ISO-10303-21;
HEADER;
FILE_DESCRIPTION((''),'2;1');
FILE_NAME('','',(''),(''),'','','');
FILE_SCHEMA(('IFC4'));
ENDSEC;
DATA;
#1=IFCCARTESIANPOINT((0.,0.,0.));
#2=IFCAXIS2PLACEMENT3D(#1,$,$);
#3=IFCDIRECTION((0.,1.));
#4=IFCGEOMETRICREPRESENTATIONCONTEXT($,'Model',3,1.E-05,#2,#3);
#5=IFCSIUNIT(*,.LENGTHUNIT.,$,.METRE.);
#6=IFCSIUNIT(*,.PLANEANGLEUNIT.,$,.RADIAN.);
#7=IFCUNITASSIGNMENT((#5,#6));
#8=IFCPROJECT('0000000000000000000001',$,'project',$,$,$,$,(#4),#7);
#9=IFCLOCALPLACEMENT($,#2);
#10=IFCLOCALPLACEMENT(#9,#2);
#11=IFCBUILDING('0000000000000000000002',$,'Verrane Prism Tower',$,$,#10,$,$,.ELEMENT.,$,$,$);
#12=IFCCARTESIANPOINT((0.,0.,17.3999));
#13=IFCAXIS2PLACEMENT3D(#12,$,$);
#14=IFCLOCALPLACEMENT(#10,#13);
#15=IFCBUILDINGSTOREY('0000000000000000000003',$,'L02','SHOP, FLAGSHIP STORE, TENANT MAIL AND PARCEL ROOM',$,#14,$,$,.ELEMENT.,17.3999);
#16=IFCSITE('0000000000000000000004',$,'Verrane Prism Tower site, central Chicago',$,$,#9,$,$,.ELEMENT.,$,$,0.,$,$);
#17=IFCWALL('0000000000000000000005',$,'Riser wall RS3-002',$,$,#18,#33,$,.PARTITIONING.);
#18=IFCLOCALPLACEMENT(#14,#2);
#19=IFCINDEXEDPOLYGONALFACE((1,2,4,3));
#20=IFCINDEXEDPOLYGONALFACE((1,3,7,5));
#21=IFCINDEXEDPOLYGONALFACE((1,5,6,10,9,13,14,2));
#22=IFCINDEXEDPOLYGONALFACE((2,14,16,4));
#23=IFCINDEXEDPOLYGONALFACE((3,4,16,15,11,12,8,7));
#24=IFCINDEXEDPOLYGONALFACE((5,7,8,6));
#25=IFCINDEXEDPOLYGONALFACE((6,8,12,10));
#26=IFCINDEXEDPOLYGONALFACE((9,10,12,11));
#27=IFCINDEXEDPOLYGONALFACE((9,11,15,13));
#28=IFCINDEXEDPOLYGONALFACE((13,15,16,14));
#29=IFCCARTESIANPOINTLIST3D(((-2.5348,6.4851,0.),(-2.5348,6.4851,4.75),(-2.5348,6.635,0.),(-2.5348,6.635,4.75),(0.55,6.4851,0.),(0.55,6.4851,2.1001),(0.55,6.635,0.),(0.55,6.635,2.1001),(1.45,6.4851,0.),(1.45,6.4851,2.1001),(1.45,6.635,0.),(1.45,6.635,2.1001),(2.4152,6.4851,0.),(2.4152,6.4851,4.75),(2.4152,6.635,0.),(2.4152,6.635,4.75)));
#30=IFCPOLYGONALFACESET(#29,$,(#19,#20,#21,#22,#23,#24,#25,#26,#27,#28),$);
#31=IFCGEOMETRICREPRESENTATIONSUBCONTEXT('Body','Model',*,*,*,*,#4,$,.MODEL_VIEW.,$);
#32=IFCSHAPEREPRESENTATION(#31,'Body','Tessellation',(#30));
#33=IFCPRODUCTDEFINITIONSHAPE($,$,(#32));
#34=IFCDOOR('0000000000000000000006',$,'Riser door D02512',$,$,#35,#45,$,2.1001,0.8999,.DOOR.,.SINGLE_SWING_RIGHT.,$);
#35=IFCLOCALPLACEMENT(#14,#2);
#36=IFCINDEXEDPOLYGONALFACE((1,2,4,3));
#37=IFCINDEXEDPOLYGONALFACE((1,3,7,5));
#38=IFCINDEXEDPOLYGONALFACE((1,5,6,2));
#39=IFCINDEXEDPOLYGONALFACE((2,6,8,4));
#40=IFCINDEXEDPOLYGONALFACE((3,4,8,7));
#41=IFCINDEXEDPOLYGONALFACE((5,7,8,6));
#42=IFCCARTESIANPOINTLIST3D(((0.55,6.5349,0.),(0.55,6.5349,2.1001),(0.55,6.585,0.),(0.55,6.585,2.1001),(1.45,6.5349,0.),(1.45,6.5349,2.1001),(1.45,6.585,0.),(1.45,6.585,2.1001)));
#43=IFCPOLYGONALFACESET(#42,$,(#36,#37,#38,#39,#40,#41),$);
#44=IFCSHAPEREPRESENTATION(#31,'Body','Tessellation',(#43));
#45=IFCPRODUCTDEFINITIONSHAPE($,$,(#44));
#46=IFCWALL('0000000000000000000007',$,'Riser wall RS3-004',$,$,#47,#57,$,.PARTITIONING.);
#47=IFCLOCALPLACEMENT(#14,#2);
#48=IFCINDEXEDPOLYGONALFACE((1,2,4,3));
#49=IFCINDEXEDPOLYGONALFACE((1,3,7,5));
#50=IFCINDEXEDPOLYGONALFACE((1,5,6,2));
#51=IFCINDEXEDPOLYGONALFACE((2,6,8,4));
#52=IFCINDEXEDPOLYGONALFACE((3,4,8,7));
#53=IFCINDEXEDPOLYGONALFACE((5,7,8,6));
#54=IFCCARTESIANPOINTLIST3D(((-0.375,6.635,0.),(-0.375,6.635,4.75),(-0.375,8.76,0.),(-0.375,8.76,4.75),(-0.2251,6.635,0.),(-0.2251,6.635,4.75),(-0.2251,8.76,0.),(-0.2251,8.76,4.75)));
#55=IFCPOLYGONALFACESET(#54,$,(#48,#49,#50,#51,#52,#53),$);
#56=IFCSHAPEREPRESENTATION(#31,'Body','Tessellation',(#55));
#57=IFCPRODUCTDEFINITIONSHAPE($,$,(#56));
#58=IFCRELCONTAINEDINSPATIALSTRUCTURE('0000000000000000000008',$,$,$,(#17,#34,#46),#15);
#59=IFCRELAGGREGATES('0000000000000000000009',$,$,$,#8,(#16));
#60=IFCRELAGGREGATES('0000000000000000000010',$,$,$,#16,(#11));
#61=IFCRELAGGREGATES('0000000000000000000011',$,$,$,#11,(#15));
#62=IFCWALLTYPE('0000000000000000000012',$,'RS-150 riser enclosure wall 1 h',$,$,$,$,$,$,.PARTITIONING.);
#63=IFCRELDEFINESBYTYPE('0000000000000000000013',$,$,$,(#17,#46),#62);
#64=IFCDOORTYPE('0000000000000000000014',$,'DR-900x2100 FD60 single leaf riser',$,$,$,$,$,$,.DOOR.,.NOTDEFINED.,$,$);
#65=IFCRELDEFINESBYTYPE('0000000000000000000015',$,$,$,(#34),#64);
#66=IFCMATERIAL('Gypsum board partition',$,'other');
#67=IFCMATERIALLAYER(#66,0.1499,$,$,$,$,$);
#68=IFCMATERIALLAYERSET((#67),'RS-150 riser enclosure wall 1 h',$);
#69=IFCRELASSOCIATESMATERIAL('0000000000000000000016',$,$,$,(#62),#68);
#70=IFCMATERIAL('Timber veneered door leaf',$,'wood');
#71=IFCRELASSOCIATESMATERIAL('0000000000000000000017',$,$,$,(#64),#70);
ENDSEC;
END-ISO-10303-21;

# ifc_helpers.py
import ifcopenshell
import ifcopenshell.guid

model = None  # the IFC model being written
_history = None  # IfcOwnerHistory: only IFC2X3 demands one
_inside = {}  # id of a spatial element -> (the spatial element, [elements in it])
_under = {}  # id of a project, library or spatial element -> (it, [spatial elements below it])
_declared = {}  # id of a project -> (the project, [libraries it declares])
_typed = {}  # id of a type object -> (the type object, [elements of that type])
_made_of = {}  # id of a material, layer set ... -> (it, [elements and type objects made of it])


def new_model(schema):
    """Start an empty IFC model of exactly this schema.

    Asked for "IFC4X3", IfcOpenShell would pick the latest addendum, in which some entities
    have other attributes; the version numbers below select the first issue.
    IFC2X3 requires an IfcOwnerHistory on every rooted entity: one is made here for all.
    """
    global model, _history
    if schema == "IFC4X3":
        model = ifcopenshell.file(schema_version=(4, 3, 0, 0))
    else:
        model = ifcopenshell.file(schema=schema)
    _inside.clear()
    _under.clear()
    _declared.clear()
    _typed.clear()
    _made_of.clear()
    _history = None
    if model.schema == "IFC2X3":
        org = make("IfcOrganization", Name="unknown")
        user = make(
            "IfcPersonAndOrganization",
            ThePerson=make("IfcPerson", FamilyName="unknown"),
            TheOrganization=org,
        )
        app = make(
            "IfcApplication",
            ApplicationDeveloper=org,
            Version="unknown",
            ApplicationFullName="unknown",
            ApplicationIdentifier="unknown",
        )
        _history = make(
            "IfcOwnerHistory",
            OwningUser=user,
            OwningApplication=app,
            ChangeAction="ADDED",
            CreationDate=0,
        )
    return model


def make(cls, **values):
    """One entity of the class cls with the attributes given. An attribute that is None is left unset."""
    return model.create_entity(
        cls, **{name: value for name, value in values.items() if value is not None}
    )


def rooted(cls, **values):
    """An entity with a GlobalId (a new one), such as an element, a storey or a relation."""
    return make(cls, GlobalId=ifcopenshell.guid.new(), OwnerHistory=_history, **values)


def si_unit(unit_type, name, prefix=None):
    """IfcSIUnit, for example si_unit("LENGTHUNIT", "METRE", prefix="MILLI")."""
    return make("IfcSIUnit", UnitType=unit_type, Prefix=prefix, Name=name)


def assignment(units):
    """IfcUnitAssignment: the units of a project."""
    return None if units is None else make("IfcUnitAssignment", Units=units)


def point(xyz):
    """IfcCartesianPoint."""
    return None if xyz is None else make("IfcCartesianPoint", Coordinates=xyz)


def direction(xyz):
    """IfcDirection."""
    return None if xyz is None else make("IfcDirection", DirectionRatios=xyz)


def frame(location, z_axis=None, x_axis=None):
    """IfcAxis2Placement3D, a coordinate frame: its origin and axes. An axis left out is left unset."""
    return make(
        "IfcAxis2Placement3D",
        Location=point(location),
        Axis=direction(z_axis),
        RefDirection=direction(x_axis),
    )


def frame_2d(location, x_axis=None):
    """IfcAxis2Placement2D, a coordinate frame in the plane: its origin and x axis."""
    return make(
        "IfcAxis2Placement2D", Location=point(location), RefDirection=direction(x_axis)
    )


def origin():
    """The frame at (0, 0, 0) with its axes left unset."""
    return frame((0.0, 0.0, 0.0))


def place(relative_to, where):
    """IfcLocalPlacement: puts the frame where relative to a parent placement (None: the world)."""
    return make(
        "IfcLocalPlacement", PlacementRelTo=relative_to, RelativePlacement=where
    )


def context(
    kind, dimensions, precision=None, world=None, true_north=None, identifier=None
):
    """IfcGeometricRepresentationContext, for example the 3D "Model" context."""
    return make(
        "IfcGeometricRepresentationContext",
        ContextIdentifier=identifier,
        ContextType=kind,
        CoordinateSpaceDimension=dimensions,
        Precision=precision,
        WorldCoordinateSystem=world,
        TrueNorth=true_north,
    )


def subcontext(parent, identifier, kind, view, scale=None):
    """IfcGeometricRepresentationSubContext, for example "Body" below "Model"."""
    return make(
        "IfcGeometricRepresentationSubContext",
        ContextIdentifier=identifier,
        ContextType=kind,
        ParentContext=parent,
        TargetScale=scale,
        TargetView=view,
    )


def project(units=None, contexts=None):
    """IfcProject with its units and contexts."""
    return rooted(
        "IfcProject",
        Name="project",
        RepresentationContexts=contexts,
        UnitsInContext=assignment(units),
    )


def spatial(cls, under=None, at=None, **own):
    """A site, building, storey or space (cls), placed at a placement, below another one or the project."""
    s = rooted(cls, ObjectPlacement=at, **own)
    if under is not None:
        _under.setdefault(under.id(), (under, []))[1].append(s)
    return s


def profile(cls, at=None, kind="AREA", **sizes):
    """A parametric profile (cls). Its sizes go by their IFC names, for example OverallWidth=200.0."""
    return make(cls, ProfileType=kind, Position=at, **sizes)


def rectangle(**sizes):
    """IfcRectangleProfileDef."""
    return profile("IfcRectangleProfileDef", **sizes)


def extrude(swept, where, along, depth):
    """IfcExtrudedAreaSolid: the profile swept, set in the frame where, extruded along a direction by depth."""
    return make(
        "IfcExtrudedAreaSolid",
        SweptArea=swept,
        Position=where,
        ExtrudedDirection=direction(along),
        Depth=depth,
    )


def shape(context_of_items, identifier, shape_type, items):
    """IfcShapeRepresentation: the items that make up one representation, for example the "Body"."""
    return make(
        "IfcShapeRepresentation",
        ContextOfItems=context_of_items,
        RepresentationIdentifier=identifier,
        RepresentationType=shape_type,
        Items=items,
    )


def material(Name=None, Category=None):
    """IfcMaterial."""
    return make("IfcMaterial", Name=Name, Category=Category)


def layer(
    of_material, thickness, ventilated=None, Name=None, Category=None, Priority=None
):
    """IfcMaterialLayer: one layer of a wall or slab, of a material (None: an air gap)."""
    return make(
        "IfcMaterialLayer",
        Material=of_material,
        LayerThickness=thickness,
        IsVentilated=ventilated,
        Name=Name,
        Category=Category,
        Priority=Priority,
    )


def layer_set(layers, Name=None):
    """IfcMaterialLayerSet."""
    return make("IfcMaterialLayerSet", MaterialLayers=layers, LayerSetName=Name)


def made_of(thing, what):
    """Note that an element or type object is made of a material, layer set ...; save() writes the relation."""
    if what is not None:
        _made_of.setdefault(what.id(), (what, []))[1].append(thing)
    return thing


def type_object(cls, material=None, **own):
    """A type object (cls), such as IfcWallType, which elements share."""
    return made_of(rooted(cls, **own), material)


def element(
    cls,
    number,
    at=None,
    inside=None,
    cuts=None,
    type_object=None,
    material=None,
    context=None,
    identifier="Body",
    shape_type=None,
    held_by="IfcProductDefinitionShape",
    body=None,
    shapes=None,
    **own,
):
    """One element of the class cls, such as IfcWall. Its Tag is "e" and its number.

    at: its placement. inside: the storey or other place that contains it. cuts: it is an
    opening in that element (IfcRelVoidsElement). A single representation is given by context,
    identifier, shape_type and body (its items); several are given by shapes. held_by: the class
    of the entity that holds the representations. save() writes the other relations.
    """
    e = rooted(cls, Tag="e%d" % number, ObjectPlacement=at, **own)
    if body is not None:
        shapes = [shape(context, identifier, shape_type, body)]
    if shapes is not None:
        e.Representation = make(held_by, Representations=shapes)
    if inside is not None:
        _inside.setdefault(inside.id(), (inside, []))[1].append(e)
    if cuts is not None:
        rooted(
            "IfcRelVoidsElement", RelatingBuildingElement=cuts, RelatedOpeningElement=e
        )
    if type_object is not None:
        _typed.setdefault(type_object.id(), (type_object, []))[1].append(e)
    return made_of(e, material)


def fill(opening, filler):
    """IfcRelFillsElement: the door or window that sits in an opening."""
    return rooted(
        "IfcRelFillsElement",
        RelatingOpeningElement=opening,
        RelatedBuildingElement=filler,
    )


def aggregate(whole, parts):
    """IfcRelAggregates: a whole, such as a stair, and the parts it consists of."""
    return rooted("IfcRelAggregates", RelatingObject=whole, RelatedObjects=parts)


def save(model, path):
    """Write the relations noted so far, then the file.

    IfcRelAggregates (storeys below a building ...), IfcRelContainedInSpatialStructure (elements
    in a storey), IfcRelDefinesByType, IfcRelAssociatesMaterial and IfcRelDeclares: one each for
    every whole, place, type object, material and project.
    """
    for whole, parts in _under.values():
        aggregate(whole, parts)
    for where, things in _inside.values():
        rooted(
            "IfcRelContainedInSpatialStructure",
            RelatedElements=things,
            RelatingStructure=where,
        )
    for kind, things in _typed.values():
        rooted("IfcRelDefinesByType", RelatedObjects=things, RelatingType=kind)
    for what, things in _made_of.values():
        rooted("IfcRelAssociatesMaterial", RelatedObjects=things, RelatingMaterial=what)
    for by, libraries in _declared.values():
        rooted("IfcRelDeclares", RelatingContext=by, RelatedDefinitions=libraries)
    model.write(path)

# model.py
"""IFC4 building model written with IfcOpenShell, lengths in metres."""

from ifc_helpers import new_model, si_unit, direction, frame, frame_2d, origin, place, context, subcontext, project, spatial, rectangle, extrude, material, layer, layer_set, type_object, element, fill, save


model = new_model("IFC4")

# Units and contexts
model_context = context("Model", 3, precision=1e-05, world=origin(), true_north=direction((0.0, 1.0)))
body_context = subcontext(model_context, "Body", "Model", "MODEL_VIEW")
ifc_project = project(units=[si_unit("LENGTHUNIT", "METRE"), si_unit("PLANEANGLEUNIT", "RADIAN")], contexts=[model_context])

# Site, building, storey
site_placement = place(None, origin())
site = spatial("IfcSite", under=ifc_project, at=site_placement, Name="Verrane Prism Tower site, central Chicago", CompositionType="ELEMENT", RefElevation=0.0)
building_placement = place(site_placement, origin())
building = spatial("IfcBuilding", under=site, at=building_placement, Name="Verrane Prism Tower", CompositionType="ELEMENT")
storey_placement = place(building_placement, frame((0.0, 0.0, 17.3999)))
storey = spatial("IfcBuildingStorey", under=building, at=storey_placement, Name="L02", Description="SHOP, FLAGSHIP STORE, TENANT MAIL AND PARCEL ROOM", CompositionType="ELEMENT", Elevation=17.3999)

# Wall, opening, door
ifc_material_1 = material(Name="Gypsum board partition", Category="other")
ifc_layer_1 = layer(ifc_material_1, 0.1499)
ifc_layer_set_1 = layer_set([ifc_layer_1], Name="RS-150 riser enclosure wall 1 h")
wall_type_1 = type_object("IfcWallType", Name="RS-150 riser enclosure wall 1 h", PredefinedType="PARTITIONING", material=ifc_layer_set_1)
ifc_material_2 = material(Name="Timber veneered door leaf", Category="wood")
door_type_1 = type_object("IfcDoorType", Name="DR-900x2100 FD60 single leaf riser", OperationType="NOTDEFINED", PredefinedType="DOOR", material=ifc_material_2)
wall_1_placement = place(storey_placement, frame((-2.5349, 6.5601, 0.0), z_axis=(0.0, 0.0, 1.0), x_axis=(1.0, 0.0, 0.0)))
wall_1 = element("IfcWall", 1, at=wall_1_placement, inside=storey, type_object=wall_type_1, Name="Riser wall RS3-002", PredefinedType="PARTITIONING", context=body_context, shape_type="SweptSolid", body=[
    extrude(rectangle(XDim=4.95, YDim=0.1499, at=frame_2d((2.4751, 0.0))), origin(), (0.0, 0.0, 1.0), 4.75),
])
opening_1_placement = place(wall_1_placement, frame((3.085, 0.0, 0.0)))
opening_1 = element("IfcOpeningElement", 2, at=opening_1_placement, cuts=wall_1, PredefinedType="OPENING", context=body_context, shape_type="SweptSolid", body=[
    extrude(rectangle(XDim=0.8999, YDim=2.1001, at=frame_2d((0.45, 1.05))), frame((0.0, 0.085, 0.0), z_axis=(0.0, -1.0, 0.0), x_axis=(1.0, 0.0, 0.0)), (0.0, 0.0, 1.0), 0.1699),
])
door_1_placement = place(opening_1_placement, origin())
door_1 = element("IfcDoor", 3, at=door_1_placement, inside=storey, type_object=door_type_1, Name="Riser door D02512", OperationType="SINGLE_SWING_RIGHT", OverallHeight=2.1001, OverallWidth=0.8999, PredefinedType="DOOR", context=body_context, shape_type="SweptSolid", body=[
    extrude(rectangle(XDim=0.8999, YDim=2.1001, at=frame_2d((0.45, 1.05))), frame((0.0, 0.0249, 0.0), z_axis=(0.0, -1.0, 0.0), x_axis=(1.0, 0.0, 0.0)), (0.0, 0.0, 1.0), 0.05),
])
fill(opening_1, door_1)

# Wall
wall_2_placement = place(storey_placement, frame((-0.3, 6.635, 0.0), z_axis=(0.0, 0.0, 1.0), x_axis=(0.0, 1.0, 0.0)))
element("IfcWall", 4, at=wall_2_placement, inside=storey, type_object=wall_type_1, Name="Riser wall RS3-004", PredefinedType="PARTITIONING", context=body_context, shape_type="SweptSolid", body=[
    extrude(rectangle(XDim=2.125, YDim=0.1499, at=frame_2d((1.0625, 0.0))), origin(), (0.0, 0.0, 1.0), 4.75),
])

save(model, "model.ifc")
